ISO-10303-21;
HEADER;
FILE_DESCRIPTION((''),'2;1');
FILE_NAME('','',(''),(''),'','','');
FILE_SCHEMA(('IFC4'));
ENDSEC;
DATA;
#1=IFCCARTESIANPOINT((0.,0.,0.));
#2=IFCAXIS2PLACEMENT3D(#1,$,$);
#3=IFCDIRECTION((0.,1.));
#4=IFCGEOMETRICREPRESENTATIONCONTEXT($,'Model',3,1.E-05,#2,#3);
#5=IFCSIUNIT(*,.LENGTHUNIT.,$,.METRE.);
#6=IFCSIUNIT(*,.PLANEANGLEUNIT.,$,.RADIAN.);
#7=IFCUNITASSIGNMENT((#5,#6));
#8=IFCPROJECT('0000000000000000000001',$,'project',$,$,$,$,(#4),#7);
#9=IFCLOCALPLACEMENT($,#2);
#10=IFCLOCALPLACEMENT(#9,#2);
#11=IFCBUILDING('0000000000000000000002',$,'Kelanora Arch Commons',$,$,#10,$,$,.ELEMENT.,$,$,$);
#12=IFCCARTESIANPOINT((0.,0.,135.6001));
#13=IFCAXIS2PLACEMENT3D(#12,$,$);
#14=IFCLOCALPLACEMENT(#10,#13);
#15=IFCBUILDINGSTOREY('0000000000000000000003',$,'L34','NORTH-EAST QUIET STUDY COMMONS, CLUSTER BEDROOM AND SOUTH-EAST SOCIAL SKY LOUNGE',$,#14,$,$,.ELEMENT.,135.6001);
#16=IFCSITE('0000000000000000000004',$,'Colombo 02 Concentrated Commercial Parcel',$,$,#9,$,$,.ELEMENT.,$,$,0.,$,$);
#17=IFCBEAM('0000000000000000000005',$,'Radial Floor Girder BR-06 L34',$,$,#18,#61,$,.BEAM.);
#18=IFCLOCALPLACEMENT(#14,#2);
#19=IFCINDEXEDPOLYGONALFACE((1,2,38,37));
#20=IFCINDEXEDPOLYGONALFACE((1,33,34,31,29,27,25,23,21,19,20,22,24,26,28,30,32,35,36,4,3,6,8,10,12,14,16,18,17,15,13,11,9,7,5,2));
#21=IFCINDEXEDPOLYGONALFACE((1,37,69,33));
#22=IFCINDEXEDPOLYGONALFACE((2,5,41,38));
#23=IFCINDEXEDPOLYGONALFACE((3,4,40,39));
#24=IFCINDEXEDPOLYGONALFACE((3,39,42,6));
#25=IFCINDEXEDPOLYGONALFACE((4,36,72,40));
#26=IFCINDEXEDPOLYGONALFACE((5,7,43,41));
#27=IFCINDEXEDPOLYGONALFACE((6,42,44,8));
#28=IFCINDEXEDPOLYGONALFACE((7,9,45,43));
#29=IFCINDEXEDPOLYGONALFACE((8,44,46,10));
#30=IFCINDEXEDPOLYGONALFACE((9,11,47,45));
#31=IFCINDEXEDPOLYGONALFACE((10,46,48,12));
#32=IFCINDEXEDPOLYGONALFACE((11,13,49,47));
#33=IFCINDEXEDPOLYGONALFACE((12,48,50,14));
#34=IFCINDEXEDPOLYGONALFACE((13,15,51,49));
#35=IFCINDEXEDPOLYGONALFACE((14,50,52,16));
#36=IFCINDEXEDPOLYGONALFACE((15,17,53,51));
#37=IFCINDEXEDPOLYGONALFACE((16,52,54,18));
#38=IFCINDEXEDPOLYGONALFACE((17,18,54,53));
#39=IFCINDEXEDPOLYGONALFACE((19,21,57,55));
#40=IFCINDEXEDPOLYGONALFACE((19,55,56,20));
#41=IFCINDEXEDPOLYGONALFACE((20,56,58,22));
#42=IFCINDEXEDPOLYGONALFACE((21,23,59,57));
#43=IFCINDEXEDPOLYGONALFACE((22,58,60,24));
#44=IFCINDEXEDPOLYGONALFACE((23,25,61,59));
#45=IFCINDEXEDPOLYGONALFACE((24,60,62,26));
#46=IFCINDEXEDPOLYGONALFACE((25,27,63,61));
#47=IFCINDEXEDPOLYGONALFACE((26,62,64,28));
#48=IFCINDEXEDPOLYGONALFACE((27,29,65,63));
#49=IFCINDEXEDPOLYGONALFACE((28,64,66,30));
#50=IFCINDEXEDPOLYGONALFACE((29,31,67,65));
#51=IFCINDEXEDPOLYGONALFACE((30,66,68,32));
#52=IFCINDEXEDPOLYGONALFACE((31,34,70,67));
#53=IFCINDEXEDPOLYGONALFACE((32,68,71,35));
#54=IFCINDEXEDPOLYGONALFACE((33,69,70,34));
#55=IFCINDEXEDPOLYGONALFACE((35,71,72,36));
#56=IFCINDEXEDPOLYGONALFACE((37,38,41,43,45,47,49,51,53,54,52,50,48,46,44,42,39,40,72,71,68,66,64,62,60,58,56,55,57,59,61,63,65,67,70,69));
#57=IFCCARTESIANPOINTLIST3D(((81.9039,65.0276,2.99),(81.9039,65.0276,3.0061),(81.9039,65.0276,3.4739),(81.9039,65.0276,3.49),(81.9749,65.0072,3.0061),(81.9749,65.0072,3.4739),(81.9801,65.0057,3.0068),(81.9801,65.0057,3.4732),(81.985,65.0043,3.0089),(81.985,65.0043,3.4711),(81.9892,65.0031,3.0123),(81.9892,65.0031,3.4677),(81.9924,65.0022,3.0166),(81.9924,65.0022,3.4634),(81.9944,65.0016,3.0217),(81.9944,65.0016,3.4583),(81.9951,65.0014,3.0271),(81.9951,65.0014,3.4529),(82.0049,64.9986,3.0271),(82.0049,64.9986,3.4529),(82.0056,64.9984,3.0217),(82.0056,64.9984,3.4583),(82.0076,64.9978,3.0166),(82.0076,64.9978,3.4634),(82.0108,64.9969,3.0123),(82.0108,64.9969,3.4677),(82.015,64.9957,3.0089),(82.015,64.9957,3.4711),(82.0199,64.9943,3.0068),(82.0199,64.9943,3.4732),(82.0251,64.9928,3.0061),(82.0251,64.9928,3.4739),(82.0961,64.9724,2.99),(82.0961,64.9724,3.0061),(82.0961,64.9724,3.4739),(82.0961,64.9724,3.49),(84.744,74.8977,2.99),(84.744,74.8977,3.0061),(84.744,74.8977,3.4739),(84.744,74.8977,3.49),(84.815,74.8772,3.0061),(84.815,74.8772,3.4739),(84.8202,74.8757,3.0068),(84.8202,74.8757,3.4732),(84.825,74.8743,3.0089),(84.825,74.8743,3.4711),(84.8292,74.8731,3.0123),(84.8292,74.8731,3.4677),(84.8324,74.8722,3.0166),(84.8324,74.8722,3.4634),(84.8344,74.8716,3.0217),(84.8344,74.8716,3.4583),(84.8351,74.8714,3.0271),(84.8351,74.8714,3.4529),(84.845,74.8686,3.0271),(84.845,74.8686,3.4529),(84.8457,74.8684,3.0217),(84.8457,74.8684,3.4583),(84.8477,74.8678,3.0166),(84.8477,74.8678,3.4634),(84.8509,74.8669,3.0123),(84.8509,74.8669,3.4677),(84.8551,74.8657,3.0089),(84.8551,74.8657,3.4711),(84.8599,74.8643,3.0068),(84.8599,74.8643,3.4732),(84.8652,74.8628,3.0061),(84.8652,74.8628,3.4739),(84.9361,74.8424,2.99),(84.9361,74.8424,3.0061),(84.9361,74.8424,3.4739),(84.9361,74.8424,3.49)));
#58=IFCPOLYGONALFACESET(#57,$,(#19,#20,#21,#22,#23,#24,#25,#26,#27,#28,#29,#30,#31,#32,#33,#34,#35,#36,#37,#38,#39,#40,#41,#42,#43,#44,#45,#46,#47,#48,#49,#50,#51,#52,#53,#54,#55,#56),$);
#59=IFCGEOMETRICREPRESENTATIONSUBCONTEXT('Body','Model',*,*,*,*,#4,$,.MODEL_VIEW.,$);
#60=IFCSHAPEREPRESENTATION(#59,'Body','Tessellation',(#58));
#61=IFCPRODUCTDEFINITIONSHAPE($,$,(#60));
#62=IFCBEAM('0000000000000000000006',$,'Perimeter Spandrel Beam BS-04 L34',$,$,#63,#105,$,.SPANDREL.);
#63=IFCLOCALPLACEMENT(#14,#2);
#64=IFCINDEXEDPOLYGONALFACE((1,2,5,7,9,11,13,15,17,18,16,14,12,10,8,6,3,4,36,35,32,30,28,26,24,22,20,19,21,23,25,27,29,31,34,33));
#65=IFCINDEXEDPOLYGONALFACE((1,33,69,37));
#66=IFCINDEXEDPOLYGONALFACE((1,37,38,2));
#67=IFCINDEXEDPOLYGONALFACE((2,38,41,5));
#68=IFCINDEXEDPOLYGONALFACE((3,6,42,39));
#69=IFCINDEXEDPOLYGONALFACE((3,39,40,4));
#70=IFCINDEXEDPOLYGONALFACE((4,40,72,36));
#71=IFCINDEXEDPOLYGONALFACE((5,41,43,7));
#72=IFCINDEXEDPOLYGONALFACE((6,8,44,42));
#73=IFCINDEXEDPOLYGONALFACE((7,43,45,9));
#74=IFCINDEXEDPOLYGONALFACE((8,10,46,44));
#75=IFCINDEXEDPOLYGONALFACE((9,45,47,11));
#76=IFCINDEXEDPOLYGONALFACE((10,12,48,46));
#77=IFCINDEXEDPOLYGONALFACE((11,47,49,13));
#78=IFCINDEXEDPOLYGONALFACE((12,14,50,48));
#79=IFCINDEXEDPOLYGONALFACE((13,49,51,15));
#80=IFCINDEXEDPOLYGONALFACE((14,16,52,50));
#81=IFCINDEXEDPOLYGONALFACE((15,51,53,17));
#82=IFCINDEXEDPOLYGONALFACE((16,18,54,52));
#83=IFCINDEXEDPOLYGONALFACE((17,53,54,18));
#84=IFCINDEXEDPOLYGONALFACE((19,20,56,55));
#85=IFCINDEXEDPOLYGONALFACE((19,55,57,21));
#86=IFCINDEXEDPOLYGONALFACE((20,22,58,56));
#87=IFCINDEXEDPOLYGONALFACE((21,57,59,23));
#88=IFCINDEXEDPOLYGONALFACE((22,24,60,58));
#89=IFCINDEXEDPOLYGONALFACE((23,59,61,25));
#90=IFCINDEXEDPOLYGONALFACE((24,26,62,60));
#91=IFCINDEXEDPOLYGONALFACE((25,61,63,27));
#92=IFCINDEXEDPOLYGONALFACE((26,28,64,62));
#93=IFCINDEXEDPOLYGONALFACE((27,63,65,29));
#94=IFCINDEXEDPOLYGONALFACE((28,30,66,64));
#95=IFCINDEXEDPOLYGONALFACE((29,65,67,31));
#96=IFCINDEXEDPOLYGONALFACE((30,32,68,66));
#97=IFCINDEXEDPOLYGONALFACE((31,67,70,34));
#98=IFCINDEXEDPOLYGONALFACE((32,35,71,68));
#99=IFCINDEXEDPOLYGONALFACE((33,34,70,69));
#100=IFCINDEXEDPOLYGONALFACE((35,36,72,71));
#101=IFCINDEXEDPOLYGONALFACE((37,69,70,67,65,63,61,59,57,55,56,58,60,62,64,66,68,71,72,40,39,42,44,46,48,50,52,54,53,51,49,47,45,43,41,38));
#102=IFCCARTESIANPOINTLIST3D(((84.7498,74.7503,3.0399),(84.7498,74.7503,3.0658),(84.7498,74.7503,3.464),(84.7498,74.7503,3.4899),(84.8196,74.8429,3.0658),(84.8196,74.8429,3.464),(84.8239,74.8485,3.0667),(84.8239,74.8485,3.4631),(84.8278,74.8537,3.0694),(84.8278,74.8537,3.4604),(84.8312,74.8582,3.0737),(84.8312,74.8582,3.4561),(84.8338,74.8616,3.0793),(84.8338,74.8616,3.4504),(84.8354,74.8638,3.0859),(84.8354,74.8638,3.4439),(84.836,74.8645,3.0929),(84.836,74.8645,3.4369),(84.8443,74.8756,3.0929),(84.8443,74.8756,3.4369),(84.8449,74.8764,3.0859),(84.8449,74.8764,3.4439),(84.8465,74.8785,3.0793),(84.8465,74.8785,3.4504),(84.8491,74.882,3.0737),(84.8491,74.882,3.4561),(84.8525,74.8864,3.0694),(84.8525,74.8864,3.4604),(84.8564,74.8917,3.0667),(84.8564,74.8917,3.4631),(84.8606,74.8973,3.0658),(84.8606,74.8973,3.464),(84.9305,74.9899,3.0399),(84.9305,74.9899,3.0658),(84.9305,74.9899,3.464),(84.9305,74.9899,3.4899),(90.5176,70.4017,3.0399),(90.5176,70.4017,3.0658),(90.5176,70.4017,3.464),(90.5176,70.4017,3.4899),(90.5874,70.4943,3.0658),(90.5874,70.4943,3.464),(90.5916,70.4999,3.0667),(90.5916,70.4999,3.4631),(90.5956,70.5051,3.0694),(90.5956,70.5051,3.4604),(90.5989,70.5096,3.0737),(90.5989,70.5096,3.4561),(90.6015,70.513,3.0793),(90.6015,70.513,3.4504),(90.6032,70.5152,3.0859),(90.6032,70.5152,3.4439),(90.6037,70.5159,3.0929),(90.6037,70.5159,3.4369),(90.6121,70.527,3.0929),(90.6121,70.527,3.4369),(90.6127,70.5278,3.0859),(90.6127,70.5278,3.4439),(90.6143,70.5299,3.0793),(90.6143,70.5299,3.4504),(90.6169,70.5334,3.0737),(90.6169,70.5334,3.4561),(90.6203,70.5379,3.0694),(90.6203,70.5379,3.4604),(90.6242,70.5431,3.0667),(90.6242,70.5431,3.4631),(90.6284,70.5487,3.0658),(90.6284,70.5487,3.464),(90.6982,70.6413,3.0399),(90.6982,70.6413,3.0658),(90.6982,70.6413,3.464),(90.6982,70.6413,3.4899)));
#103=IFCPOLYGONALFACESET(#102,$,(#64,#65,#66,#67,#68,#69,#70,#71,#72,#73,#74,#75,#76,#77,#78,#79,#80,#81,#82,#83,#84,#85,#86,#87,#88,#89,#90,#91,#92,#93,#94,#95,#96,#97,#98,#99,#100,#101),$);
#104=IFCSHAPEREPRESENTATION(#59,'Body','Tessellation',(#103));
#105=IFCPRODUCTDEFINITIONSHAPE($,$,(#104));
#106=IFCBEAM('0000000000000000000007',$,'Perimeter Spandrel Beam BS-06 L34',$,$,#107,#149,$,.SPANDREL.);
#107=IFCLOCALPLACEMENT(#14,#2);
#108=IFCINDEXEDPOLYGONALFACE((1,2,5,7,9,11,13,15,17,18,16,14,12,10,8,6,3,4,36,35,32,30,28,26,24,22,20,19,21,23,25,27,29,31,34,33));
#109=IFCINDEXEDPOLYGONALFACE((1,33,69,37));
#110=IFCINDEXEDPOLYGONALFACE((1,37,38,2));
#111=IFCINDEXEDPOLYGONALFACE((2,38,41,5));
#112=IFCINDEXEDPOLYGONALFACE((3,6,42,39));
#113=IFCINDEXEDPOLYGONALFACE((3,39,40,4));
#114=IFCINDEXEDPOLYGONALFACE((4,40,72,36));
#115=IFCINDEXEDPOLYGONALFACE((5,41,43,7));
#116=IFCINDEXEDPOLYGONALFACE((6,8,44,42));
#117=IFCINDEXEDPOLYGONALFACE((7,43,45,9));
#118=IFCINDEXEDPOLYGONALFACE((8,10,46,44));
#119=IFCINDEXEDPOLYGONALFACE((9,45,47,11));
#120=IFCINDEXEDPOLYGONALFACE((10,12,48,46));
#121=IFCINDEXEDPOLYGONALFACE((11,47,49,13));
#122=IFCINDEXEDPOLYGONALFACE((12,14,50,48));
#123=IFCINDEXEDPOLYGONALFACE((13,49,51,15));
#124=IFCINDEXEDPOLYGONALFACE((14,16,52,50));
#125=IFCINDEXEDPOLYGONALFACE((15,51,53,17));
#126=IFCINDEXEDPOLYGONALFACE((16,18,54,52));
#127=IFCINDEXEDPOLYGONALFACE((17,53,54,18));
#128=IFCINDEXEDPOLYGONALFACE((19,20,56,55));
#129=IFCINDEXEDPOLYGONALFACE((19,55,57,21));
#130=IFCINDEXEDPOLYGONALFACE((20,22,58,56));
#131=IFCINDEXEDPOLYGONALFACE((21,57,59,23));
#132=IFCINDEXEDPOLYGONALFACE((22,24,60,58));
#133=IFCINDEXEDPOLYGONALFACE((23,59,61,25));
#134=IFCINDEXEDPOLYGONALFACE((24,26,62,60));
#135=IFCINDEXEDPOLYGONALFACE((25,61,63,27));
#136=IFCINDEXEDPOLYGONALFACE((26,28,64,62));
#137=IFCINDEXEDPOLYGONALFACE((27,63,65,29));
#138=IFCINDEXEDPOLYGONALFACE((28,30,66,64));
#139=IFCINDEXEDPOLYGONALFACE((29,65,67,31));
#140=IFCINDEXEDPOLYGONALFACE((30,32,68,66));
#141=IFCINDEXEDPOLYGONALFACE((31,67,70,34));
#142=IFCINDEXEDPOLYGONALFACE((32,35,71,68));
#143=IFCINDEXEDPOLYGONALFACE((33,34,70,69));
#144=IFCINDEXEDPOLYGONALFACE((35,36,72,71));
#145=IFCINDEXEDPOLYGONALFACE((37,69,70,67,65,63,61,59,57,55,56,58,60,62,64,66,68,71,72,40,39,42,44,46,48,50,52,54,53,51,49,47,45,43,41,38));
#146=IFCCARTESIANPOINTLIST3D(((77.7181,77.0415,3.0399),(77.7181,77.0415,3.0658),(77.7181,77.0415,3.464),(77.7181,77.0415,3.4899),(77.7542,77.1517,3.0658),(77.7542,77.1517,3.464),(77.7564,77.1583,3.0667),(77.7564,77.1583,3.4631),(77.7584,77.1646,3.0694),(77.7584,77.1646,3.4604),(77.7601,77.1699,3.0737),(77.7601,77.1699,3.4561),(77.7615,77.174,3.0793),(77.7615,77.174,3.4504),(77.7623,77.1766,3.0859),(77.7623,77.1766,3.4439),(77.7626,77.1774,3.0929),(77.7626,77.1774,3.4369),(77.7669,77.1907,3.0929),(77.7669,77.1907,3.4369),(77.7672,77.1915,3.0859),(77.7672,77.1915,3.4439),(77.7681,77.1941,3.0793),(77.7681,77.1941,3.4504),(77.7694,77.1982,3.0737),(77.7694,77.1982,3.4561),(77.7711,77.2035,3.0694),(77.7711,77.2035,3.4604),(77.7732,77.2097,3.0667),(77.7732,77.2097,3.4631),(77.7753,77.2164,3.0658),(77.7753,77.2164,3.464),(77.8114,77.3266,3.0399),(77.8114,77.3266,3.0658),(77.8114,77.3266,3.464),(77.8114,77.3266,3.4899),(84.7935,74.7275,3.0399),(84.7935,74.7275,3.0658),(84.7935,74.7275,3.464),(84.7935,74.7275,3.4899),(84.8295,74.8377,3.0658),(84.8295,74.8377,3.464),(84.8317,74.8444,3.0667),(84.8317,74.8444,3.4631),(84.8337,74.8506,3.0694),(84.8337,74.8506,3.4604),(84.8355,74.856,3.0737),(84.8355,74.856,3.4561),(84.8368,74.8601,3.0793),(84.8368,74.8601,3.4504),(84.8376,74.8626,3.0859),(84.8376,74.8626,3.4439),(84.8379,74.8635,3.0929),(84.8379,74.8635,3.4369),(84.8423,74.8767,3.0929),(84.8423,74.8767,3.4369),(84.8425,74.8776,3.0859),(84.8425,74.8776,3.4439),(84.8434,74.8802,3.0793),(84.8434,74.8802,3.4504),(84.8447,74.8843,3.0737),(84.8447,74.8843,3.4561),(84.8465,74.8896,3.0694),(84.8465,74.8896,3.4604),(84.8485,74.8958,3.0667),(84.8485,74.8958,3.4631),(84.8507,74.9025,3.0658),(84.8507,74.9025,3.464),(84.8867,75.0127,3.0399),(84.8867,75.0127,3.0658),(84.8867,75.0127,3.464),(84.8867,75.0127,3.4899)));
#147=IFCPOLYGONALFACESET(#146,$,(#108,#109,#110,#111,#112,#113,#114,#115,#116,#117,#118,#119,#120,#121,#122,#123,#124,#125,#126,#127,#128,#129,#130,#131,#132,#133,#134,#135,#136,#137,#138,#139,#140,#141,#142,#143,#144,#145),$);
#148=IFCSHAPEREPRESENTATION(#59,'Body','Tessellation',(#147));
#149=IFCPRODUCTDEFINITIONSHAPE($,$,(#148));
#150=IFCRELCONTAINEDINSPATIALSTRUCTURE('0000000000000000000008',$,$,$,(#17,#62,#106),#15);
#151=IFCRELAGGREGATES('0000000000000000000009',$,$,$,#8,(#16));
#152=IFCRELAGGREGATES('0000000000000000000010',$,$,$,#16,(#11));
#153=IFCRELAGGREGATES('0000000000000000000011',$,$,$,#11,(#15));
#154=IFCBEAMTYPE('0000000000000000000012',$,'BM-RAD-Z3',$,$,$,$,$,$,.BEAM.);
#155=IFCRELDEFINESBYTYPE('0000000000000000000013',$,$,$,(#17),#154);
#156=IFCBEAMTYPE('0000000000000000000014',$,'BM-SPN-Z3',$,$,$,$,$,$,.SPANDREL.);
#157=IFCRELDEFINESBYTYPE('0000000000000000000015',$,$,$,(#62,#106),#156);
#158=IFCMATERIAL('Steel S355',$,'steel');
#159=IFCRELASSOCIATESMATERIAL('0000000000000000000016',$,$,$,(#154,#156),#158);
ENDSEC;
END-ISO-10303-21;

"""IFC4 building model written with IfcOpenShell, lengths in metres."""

from ifc_helpers import new_model, si_unit, direction, frame, origin, origin_2d, place, context, subcontext, project, spatial, i_section, extrude, material, material_profile, profile_set, type_object, element, save


model = new_model("IFC4")

# Units and contexts
model_context = context("Model", 3, precision=1e-05, world=origin(), true_north=direction((0.0, 1.0)))
body_context = subcontext(model_context, "Body", "Model", "MODEL_VIEW")
ifc_project = project(units=[si_unit("LENGTHUNIT", "METRE"), si_unit("PLANEANGLEUNIT", "RADIAN")], contexts=[model_context])

# Site, building, storey
site_placement = place(None, origin())
site = spatial("IfcSite", under=ifc_project, at=site_placement, Name="Colombo 02 Concentrated Commercial Parcel", CompositionType="ELEMENT", RefElevation=0.0)
building_placement = place(site_placement, origin())
building = spatial("IfcBuilding", under=site, at=building_placement, Name="Kelanora Arch Commons", CompositionType="ELEMENT")
storey_placement = place(building_placement, frame((0.0, 0.0, 135.6001)))
storey = spatial("IfcBuildingStorey", under=building, at=storey_placement, Name="L34", Description="NORTH-EAST QUIET STUDY COMMONS, CLUSTER BEDROOM AND SOUTH-EAST SOCIAL SKY LOUNGE", CompositionType="ELEMENT", Elevation=135.6001)

# Beams
ifc_material_1 = material(Name="Steel S355", Category="steel")
ifc_material_profile_1 = material_profile(ifc_material_1, i_section(OverallWidth=0.2, OverallDepth=0.5, WebThickness=0.0103, FlangeThickness=0.0161, FilletRadius=0.021, at=origin_2d()), Name="IPE500")
ifc_profile_set_1 = profile_set([ifc_material_profile_1], Name="Steel S355")
beam_type_1 = type_object("IfcBeamType", Name="BM-RAD-Z3", PredefinedType="BEAM", material=ifc_profile_set_1)
beam_1_placement = place(storey_placement, frame((82.0, 65.0, 3.24), z_axis=(0.276526, 0.961006, 0.0), x_axis=(-0.961006, 0.276526, 0.0)))
element("IfcBeam", 1, at=beam_1_placement, inside=storey, type_object=beam_type_1, Name="Radial Floor Girder BR-06 L34", PredefinedType="BEAM", context=body_context, shape_type="SweptSolid", body=[
    extrude(i_section(OverallWidth=0.2, OverallDepth=0.5, WebThickness=0.0103, FlangeThickness=0.0161, FilletRadius=0.021, at=origin_2d()), origin(), (0.0, 0.0, 1.0), 10.2705),
])
ifc_material_profile_2 = material_profile(ifc_material_1, i_section(OverallWidth=0.3, OverallDepth=0.45, WebThickness=0.0139, FlangeThickness=0.0259, FilletRadius=0.0271, at=origin_2d()), Name="HEB450")
ifc_profile_set_2 = profile_set([ifc_material_profile_2], Name="Steel S355")
beam_type_2 = type_object("IfcBeamType", Name="BM-SPN-Z3", PredefinedType="SPANDREL", material=ifc_profile_set_2)
beam_2_placement = place(storey_placement, frame((90.6079, 70.5215, 3.2649), z_axis=(-0.798485, 0.602015, 0.0), x_axis=(-0.602015, -0.798485, 0.0)))
element("IfcBeam", 2, at=beam_2_placement, inside=storey, type_object=beam_type_2, Name="Perimeter Spandrel Beam BS-04 L34", PredefinedType="SPANDREL", context=body_context, shape_type="SweptSolid", body=[
    extrude(i_section(OverallWidth=0.3, OverallDepth=0.45, WebThickness=0.0139, FlangeThickness=0.0259, FilletRadius=0.0271, at=origin_2d()), origin(), (0.0, 0.0, 1.0), 7.2234),
])
beam_3_placement = place(storey_placement, frame((84.8401, 74.8701, 3.2649), z_axis=(-0.950462, 0.310841, 0.0), x_axis=(-0.310841, -0.950462, 0.0)))
element("IfcBeam", 3, at=beam_3_placement, inside=storey, type_object=beam_type_2, Name="Perimeter Spandrel Beam BS-06 L34", PredefinedType="SPANDREL", context=body_context, shape_type="SweptSolid", body=[
    extrude(i_section(OverallWidth=0.3, OverallDepth=0.45, WebThickness=0.0139, FlangeThickness=0.0259, FilletRadius=0.0271, at=origin_2d()), origin(), (0.0, 0.0, 1.0), 7.4441),
])

save(model, "model.ifc")
